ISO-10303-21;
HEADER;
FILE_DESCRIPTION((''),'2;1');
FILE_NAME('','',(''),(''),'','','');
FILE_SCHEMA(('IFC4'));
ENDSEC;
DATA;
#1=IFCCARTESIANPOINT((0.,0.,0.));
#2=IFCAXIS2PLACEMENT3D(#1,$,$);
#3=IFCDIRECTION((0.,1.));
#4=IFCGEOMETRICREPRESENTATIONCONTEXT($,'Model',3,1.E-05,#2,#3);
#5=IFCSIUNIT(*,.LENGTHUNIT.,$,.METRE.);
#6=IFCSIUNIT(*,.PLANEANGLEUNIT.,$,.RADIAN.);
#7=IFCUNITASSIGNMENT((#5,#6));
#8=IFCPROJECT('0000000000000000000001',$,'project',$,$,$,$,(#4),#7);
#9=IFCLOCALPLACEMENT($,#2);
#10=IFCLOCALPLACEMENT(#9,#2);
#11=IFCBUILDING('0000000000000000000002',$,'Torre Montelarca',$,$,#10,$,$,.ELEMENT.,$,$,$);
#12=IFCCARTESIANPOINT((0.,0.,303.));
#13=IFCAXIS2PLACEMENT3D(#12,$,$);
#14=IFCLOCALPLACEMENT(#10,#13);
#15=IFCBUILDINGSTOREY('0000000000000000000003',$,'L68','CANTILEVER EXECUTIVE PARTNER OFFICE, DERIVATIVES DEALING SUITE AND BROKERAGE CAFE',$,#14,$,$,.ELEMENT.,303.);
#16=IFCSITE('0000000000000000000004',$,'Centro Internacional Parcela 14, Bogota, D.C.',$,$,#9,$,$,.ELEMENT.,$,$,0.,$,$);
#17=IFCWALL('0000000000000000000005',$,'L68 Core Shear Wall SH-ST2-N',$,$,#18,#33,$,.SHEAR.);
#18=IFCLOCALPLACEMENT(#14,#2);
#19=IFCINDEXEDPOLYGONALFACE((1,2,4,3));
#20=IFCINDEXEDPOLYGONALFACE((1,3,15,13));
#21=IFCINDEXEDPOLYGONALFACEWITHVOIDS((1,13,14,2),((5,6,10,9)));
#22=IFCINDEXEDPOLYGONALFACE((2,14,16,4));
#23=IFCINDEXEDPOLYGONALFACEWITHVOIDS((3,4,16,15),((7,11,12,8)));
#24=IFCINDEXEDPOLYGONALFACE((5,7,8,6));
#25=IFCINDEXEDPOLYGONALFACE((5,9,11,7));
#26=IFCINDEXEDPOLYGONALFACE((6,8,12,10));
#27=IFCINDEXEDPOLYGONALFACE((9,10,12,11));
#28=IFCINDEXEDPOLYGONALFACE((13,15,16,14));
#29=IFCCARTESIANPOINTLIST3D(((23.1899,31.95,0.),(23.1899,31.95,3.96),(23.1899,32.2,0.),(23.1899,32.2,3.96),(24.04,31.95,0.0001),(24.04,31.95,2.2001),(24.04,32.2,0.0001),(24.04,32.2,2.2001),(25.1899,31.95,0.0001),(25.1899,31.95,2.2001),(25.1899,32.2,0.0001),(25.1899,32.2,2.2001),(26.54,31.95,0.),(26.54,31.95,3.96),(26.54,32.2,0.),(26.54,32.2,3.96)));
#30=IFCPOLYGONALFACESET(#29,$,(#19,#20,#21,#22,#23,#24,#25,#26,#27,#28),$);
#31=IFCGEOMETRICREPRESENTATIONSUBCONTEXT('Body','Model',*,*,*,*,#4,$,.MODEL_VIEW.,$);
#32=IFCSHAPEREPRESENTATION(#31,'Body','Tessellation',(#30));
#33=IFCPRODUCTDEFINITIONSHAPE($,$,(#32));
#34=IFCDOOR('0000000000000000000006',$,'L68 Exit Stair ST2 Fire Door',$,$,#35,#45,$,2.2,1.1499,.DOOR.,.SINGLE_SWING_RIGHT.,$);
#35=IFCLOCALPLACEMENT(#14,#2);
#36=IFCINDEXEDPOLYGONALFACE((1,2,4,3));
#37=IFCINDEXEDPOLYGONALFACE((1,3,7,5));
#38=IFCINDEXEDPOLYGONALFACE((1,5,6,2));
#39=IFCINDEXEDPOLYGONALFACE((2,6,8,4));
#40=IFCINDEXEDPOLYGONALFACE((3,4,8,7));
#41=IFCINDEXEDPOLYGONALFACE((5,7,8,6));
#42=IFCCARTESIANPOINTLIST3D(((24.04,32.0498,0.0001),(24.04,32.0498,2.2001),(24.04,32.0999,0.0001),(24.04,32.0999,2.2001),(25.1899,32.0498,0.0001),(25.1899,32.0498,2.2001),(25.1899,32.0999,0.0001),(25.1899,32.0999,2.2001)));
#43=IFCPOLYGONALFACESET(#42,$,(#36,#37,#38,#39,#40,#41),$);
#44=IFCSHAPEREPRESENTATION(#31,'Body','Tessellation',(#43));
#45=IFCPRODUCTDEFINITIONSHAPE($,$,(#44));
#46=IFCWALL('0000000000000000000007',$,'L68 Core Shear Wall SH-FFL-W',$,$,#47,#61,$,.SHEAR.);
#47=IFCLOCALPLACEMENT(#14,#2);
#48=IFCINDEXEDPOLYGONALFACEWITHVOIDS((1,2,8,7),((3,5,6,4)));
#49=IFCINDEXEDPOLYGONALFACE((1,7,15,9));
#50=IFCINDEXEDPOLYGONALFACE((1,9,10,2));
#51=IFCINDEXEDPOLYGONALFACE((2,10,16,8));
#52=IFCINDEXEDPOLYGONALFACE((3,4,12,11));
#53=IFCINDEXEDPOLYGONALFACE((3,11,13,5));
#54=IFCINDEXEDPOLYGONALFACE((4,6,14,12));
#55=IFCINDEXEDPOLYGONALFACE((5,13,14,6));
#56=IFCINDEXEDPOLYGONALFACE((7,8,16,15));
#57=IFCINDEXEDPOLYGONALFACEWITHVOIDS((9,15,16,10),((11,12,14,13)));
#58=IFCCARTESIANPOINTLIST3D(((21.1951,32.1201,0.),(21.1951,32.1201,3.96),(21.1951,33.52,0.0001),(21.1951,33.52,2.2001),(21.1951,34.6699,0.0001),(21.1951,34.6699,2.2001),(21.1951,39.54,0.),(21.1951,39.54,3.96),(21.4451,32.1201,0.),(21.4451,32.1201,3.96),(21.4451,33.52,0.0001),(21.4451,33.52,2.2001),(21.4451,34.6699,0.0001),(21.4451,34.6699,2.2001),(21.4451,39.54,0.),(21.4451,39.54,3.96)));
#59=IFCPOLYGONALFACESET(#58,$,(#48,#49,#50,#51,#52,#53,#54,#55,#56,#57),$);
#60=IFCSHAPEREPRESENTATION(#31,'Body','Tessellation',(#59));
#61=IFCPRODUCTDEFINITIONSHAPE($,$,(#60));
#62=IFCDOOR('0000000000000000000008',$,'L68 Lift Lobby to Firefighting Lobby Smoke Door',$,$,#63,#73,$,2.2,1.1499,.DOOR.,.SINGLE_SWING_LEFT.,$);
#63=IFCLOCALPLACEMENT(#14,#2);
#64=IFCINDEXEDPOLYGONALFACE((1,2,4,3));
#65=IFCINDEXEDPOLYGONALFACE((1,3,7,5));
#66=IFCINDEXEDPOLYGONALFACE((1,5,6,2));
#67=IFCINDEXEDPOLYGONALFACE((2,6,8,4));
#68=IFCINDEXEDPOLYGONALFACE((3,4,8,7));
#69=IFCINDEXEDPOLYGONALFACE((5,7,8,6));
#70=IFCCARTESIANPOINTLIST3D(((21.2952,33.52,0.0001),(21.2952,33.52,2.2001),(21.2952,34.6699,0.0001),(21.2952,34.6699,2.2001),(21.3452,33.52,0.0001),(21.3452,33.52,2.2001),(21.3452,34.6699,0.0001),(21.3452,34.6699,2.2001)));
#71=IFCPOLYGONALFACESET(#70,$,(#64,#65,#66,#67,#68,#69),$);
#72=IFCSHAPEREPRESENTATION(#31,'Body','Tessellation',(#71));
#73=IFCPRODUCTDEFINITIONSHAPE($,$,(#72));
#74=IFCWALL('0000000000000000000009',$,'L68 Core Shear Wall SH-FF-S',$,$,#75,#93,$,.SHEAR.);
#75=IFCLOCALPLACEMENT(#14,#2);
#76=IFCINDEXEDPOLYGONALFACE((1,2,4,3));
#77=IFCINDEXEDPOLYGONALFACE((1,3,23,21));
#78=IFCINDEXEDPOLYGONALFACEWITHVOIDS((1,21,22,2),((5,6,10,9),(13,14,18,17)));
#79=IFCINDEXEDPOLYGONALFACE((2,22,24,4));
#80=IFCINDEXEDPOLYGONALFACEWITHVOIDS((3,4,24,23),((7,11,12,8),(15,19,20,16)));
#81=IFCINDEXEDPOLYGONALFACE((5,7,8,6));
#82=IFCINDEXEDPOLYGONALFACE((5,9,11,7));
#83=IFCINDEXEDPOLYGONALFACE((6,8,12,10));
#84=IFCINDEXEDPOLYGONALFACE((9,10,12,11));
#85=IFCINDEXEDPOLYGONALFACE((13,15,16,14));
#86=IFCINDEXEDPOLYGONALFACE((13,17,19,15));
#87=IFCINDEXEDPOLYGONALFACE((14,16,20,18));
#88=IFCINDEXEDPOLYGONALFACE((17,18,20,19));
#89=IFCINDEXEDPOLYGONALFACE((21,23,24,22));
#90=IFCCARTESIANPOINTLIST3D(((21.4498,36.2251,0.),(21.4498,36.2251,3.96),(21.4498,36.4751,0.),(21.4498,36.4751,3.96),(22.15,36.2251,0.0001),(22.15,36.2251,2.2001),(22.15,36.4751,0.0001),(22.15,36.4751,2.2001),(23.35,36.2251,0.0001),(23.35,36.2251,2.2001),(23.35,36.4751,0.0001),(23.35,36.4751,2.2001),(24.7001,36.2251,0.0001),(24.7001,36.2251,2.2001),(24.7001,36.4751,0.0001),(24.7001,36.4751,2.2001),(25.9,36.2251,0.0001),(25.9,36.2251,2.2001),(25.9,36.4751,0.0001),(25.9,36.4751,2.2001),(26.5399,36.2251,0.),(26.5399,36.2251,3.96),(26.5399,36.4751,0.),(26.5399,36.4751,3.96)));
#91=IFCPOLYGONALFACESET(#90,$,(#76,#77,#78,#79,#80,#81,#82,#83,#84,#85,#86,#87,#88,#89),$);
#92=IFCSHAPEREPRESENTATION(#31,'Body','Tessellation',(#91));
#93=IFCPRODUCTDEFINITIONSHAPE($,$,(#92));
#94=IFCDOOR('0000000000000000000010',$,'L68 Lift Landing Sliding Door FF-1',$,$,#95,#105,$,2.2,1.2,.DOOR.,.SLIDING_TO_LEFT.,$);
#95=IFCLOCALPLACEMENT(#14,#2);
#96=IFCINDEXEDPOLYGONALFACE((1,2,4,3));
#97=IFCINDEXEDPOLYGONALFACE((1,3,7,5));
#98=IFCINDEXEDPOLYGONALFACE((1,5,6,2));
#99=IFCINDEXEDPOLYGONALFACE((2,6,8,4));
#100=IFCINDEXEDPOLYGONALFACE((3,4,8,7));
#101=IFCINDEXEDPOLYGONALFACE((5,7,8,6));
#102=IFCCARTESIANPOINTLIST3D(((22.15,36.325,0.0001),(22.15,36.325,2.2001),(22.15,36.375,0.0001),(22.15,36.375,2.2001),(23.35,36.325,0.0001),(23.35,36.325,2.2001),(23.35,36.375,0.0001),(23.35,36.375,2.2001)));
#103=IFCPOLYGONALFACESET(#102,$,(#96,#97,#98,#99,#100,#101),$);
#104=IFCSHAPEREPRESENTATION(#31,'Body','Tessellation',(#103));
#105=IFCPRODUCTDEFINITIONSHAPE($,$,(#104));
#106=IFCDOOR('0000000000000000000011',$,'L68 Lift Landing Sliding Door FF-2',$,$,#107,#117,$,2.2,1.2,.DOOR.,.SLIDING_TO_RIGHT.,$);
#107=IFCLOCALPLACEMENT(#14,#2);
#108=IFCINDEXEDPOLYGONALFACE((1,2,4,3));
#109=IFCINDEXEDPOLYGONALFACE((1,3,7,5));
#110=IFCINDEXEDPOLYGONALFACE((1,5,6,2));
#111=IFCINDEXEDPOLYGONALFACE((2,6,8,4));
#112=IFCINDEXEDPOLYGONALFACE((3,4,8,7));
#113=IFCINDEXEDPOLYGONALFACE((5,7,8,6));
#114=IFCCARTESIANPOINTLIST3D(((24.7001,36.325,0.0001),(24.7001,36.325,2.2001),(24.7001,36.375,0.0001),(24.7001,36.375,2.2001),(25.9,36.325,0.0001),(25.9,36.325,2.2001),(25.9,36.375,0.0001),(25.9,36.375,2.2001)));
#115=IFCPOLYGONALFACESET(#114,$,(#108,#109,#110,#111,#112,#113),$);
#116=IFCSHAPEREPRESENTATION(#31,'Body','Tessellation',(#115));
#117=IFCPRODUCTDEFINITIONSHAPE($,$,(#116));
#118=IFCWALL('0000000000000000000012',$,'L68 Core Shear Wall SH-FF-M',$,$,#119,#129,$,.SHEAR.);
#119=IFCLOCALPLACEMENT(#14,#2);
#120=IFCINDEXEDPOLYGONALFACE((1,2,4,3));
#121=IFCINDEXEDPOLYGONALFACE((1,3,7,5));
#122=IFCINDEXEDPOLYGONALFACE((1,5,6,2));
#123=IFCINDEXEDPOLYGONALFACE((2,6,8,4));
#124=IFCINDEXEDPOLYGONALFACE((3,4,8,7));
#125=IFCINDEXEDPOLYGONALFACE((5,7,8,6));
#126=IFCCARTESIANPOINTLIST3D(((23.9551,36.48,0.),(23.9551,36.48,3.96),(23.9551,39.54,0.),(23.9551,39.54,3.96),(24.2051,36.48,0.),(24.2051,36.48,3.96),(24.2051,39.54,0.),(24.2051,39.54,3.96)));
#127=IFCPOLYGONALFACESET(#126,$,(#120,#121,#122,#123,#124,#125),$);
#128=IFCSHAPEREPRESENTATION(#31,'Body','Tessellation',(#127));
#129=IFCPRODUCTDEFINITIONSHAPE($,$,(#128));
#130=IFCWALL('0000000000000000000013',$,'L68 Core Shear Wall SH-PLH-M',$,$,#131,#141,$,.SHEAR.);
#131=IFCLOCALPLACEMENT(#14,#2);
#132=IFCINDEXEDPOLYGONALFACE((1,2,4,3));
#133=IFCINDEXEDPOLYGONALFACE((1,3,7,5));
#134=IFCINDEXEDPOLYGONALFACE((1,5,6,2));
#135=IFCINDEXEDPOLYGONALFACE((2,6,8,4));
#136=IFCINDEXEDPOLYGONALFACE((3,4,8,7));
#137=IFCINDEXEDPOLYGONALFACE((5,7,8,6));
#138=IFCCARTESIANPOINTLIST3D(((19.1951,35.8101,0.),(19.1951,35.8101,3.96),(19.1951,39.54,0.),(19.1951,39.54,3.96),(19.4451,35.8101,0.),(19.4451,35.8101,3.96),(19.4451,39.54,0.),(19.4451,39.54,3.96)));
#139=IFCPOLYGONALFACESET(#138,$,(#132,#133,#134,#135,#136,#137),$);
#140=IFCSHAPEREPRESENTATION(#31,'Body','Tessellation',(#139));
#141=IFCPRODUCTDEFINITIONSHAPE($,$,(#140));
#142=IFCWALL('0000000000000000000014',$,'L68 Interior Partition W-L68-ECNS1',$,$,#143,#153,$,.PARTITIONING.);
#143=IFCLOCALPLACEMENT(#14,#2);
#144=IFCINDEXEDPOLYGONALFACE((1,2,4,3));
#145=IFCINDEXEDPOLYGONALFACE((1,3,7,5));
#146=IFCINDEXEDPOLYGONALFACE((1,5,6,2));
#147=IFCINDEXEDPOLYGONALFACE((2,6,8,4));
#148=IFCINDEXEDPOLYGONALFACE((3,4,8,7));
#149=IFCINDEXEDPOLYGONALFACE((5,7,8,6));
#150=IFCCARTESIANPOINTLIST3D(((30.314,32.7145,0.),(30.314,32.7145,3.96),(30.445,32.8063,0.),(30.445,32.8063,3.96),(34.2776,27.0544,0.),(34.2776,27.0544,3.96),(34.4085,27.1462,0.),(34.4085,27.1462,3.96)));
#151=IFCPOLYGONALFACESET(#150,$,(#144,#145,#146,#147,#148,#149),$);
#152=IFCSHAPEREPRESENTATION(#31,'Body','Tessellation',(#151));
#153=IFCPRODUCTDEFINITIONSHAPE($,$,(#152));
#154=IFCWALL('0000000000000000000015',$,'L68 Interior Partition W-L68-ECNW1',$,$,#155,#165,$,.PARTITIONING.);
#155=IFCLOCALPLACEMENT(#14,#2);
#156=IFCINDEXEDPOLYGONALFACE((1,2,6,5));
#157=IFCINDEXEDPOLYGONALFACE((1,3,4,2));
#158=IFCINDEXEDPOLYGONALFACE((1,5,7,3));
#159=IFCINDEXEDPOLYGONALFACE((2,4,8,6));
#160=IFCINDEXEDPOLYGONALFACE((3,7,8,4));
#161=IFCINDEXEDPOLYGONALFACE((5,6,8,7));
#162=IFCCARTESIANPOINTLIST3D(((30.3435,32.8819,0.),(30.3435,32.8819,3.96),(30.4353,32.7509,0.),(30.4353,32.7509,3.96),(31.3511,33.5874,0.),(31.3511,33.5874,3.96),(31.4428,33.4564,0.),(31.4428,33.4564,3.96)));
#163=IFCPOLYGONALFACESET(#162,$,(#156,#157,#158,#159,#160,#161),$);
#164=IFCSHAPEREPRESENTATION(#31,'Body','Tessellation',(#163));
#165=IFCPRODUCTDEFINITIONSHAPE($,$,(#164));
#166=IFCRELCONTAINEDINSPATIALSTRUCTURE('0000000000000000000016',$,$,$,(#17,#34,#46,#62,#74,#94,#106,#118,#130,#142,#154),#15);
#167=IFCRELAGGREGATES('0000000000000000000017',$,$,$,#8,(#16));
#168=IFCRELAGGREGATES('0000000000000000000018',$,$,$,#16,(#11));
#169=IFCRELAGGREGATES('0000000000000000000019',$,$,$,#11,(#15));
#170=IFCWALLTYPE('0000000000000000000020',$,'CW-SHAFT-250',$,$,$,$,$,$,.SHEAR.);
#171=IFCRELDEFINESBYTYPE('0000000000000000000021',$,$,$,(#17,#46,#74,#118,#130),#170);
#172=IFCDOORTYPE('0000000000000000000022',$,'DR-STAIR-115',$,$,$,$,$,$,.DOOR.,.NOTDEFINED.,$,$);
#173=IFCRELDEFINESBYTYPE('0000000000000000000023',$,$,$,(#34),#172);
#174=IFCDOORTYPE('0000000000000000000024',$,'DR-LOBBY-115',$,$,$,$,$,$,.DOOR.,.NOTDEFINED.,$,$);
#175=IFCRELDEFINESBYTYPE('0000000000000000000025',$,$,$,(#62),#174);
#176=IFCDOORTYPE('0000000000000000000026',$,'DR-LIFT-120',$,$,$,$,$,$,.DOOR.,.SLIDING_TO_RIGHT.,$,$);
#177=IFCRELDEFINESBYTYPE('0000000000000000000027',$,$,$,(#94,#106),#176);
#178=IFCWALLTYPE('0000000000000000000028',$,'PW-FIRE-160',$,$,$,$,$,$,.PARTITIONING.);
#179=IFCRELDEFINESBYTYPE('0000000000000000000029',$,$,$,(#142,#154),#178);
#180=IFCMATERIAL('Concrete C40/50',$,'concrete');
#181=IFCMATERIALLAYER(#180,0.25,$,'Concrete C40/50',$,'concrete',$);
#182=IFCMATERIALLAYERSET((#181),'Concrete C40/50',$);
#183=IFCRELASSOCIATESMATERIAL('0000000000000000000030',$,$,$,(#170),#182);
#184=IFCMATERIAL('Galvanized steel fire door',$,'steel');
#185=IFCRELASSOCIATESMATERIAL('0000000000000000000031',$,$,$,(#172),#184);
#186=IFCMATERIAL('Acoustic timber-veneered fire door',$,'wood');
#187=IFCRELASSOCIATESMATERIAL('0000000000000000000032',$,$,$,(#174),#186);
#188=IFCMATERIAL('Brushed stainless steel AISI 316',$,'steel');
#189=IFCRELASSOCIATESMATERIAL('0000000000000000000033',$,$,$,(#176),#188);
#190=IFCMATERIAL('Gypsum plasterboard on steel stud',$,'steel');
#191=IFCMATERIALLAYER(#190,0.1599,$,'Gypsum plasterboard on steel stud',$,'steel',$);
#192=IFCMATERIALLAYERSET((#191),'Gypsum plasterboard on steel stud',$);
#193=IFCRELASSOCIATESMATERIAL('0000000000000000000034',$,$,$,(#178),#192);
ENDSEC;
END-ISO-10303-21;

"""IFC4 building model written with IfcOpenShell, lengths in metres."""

from ifc_helpers import new_model, si_unit, direction, frame, frame_2d, origin, place, context, subcontext, project, spatial, rectangle, extrude, source, transform, mapped, material, layer, layer_set, type_object, element, fill, save


model = new_model("IFC4")

# Units and contexts
model_context = context("Model", 3, precision=1e-05, world=origin(), true_north=direction((0.0, 1.0)))
body_context = subcontext(model_context, "Body", "Model", "MODEL_VIEW")
ifc_project = project(units=[si_unit("LENGTHUNIT", "METRE"), si_unit("PLANEANGLEUNIT", "RADIAN")], contexts=[model_context])

# Site, building, storey
site_placement = place(None, origin())
site = spatial("IfcSite", under=ifc_project, at=site_placement, Name="Centro Internacional Parcela 14, Bogota, D.C.", CompositionType="ELEMENT", RefElevation=0.0)
building_placement = place(site_placement, origin())
building = spatial("IfcBuilding", under=site, at=building_placement, Name="Torre Montelarca", CompositionType="ELEMENT")
storey_placement = place(building_placement, frame((0.0, 0.0, 303.0)))
storey = spatial("IfcBuildingStorey", under=building, at=storey_placement, Name="L68", Description="CANTILEVER EXECUTIVE PARTNER OFFICE, DERIVATIVES DEALING SUITE AND BROKERAGE CAFE", CompositionType="ELEMENT", Elevation=303.0)

# Shared definitions
ifc_material_1 = material(Name="Concrete C40/50", Category="concrete")

# Walls, openings, doors
ifc_layer_1 = layer(ifc_material_1, 0.25, Name="Concrete C40/50", Category="concrete")
ifc_layer_set_1 = layer_set([ifc_layer_1], Name="Concrete C40/50")
wall_type_1 = type_object("IfcWallType", Name="CW-SHAFT-250", PredefinedType="SHEAR", material=ifc_layer_set_1)
wall_1_placement = place(storey_placement, frame((23.1899, 32.075, 0.0), z_axis=(0.0, 0.0, 1.0), x_axis=(1.0, 0.0, 0.0)))
wall_1 = element("IfcWall", 1, at=wall_1_placement, inside=storey, type_object=wall_type_1, Name="L68 Core Shear Wall SH-ST2-N", PredefinedType="SHEAR", context=body_context, shape_type="SweptSolid", body=[
    extrude(rectangle(XDim=3.3501, YDim=0.25, at=frame_2d((1.675, 0.0))), origin(), (0.0, 0.0, 1.0), 3.96),
])
opening_1_placement = place(wall_1_placement, frame((0.8501, 0.0, 0.0)))
opening_1 = element("IfcOpeningElement", 2, at=opening_1_placement, cuts=wall_1, PredefinedType="OPENING", context=body_context, shape_type="SweptSolid", body=[
    extrude(rectangle(XDim=1.1499, YDim=2.2, at=frame_2d((0.575, 1.1001))), frame((0.0, 0.135, 0.0), z_axis=(0.0, -1.0, 0.0), x_axis=(1.0, 0.0, 0.0)), (0.0, 0.0, 1.0), 0.27),
])
ifc_material_2 = material(Name="Galvanized steel fire door", Category="steel")
door_type_1 = type_object("IfcDoorType", Name="DR-STAIR-115", OperationType="NOTDEFINED", PredefinedType="DOOR", material=ifc_material_2)
shared_shape_1 = source(origin(), body_context, "Body", "SweptSolid", [
    extrude(rectangle(XDim=1.1499, YDim=2.2, at=frame_2d((0.575, 1.1001))), frame((0.0, 0.0249, 0.0), z_axis=(0.0, -1.0, 0.0), x_axis=(1.0, 0.0, 0.0)), (0.0, 0.0, 1.0), 0.05),
])
door_1_placement = place(opening_1_placement, origin())
door_1 = element("IfcDoor", 3, at=door_1_placement, inside=storey, type_object=door_type_1, Name="L68 Exit Stair ST2 Fire Door", OperationType="SINGLE_SWING_RIGHT", OverallHeight=2.2, OverallWidth=1.1499, PredefinedType="DOOR", context=body_context, shape_type="MappedRepresentation", body=[
    mapped(shared_shape_1, transform((0.0, 0.0, 0.0), scale=1.0)),
])
fill(opening_1, door_1)
wall_2_placement = place(storey_placement, frame((21.3201, 32.1201, 0.0), z_axis=(0.0, 0.0, 1.0), x_axis=(0.0, 1.0, 0.0)))
wall_2 = element("IfcWall", 4, at=wall_2_placement, inside=storey, type_object=wall_type_1, Name="L68 Core Shear Wall SH-FFL-W", PredefinedType="SHEAR", context=body_context, shape_type="SweptSolid", body=[
    extrude(rectangle(XDim=7.4199, YDim=0.25, at=frame_2d((3.71, 0.0))), origin(), (0.0, 0.0, 1.0), 3.96),
])
opening_2_placement = place(wall_2_placement, frame((1.3999, 0.0, 0.0)))
opening_2 = element("IfcOpeningElement", 5, at=opening_2_placement, cuts=wall_2, PredefinedType="OPENING", context=body_context, shape_type="SweptSolid", body=[
    extrude(rectangle(XDim=1.1499, YDim=2.2, at=frame_2d((0.575, 1.1001))), frame((0.0, 0.135, 0.0), z_axis=(0.0, -1.0, 0.0), x_axis=(1.0, 0.0, 0.0)), (0.0, 0.0, 1.0), 0.27),
])
ifc_material_3 = material(Name="Acoustic timber-veneered fire door", Category="wood")
door_type_2 = type_object("IfcDoorType", Name="DR-LOBBY-115", OperationType="NOTDEFINED", PredefinedType="DOOR", material=ifc_material_3)
shared_shape_2 = source(origin(), body_context, "Body", "SweptSolid", [
    extrude(rectangle(XDim=1.1499, YDim=2.2, at=frame_2d((0.575, 1.1001))), frame((0.0, 0.0249, 0.0), z_axis=(0.0, -1.0, 0.0), x_axis=(1.0, 0.0, 0.0)), (0.0, 0.0, 1.0), 0.05),
])
door_2_placement = place(opening_2_placement, origin())
door_2 = element("IfcDoor", 6, at=door_2_placement, inside=storey, type_object=door_type_2, Name="L68 Lift Lobby to Firefighting Lobby Smoke Door", OperationType="SINGLE_SWING_LEFT", OverallHeight=2.2, OverallWidth=1.1499, PredefinedType="DOOR", context=body_context, shape_type="MappedRepresentation", body=[
    mapped(shared_shape_2, transform((0.0, 0.0, 0.0), scale=1.0)),
])
fill(opening_2, door_2)

# Wall, openings, doors
wall_3_placement = place(storey_placement, frame((21.45, 36.3501, 0.0), z_axis=(0.0, 0.0, 1.0), x_axis=(1.0, 0.0, 0.0)))
wall_3 = element("IfcWall", 7, at=wall_3_placement, inside=storey, type_object=wall_type_1, Name="L68 Core Shear Wall SH-FF-S", PredefinedType="SHEAR", context=body_context, shape_type="SweptSolid", body=[
    extrude(rectangle(XDim=5.0901, YDim=0.25, at=frame_2d((2.5449, 0.0))), origin(), (0.0, 0.0, 1.0), 3.96),
])
opening_3_placement = place(wall_3_placement, frame((0.7, 0.0, 0.0)))
opening_3 = element("IfcOpeningElement", 8, at=opening_3_placement, cuts=wall_3, PredefinedType="OPENING", context=body_context, shape_type="SweptSolid", body=[
    extrude(rectangle(XDim=1.2, YDim=2.2, at=frame_2d((0.6001, 1.1001))), frame((0.0, 0.135, 0.0), z_axis=(0.0, -1.0, 0.0), x_axis=(1.0, 0.0, 0.0)), (0.0, 0.0, 1.0), 0.27),
])
opening_4_placement = place(wall_3_placement, frame((3.25, 0.0, 0.0)))
opening_4 = element("IfcOpeningElement", 9, at=opening_4_placement, cuts=wall_3, PredefinedType="OPENING", context=body_context, shape_type="SweptSolid", body=[
    extrude(rectangle(XDim=1.2, YDim=2.2, at=frame_2d((0.6001, 1.1001))), frame((0.0, 0.135, 0.0), z_axis=(0.0, -1.0, 0.0), x_axis=(1.0, 0.0, 0.0)), (0.0, 0.0, 1.0), 0.27),
])
ifc_material_4 = material(Name="Brushed stainless steel AISI 316", Category="steel")
door_type_3 = type_object("IfcDoorType", Name="DR-LIFT-120", OperationType="SLIDING_TO_RIGHT", PredefinedType="DOOR", material=ifc_material_4)
shared_shape_3 = source(origin(), body_context, "Body", "SweptSolid", [
    extrude(rectangle(XDim=1.2, YDim=2.2, at=frame_2d((0.6001, 1.1001))), frame((0.0, 0.0249, 0.0), z_axis=(0.0, -1.0, 0.0), x_axis=(1.0, 0.0, 0.0)), (0.0, 0.0, 1.0), 0.05),
])
door_3_placement = place(opening_3_placement, origin())
door_3 = element("IfcDoor", 10, at=door_3_placement, inside=storey, type_object=door_type_3, Name="L68 Lift Landing Sliding Door FF-1", OperationType="SLIDING_TO_LEFT", OverallHeight=2.2, OverallWidth=1.2, PredefinedType="DOOR", context=body_context, shape_type="MappedRepresentation", body=[
    mapped(shared_shape_3, transform((0.0, 0.0, 0.0), scale=1.0)),
])
fill(opening_3, door_3)
door_4_placement = place(opening_4_placement, origin())
door_4 = element("IfcDoor", 11, at=door_4_placement, inside=storey, type_object=door_type_3, Name="L68 Lift Landing Sliding Door FF-2", OperationType="SLIDING_TO_RIGHT", OverallHeight=2.2, OverallWidth=1.2, PredefinedType="DOOR", context=body_context, shape_type="MappedRepresentation", body=[
    mapped(shared_shape_3, transform((0.0, 0.0, 0.0), scale=1.0)),
])
fill(opening_4, door_4)

# Walls
wall_4_placement = place(storey_placement, frame((24.0801, 36.48, 0.0), z_axis=(0.0, 0.0, 1.0), x_axis=(0.0, 1.0, 0.0)))
element("IfcWall", 12, at=wall_4_placement, inside=storey, type_object=wall_type_1, Name="L68 Core Shear Wall SH-FF-M", PredefinedType="SHEAR", context=body_context, shape_type="SweptSolid", body=[
    extrude(rectangle(XDim=3.0601, YDim=0.25, at=frame_2d((1.53, 0.0))), origin(), (0.0, 0.0, 1.0), 3.96),
])
wall_5_placement = place(storey_placement, frame((19.3201, 35.8101, 0.0), z_axis=(0.0, 0.0, 1.0), x_axis=(0.0, 1.0, 0.0)))
element("IfcWall", 13, at=wall_5_placement, inside=storey, type_object=wall_type_1, Name="L68 Core Shear Wall SH-PLH-M", PredefinedType="SHEAR", context=body_context, shape_type="SweptSolid", body=[
    extrude(rectangle(XDim=3.73, YDim=0.25, at=frame_2d((1.865, 0.0))), origin(), (0.0, 0.0, 1.0), 3.96),
])
ifc_material_5 = material(Name="Gypsum plasterboard on steel stud", Category="steel")
ifc_layer_2 = layer(ifc_material_5, 0.1599, Name="Gypsum plasterboard on steel stud", Category="steel")
ifc_layer_set_2 = layer_set([ifc_layer_2], Name="Gypsum plasterboard on steel stud")
wall_type_2 = type_object("IfcWallType", Name="PW-FIRE-160", PredefinedType="PARTITIONING", material=ifc_layer_set_2)
wall_6_placement = place(storey_placement, frame((30.3794, 32.7605, 0.0), z_axis=(0.0, 0.0, 1.0), x_axis=(0.573609, -0.819129, 0.0)))
element("IfcWall", 14, at=wall_6_placement, inside=storey, type_object=wall_type_2, Name="L68 Interior Partition W-L68-ECNS1", PredefinedType="PARTITIONING", context=body_context, shape_type="SweptSolid", body=[
    extrude(rectangle(XDim=6.9099, YDim=0.1599, at=frame_2d((3.4551, 0.0))), origin(), (0.0, 0.0, 1.0), 3.96),
])
wall_7_placement = place(storey_placement, frame((30.3894, 32.8164, 0.0), z_axis=(0.0, 0.0, 1.0), x_axis=(0.819129, 0.573609, 0.0)))
element("IfcWall", 15, at=wall_7_placement, inside=storey, type_object=wall_type_2, Name="L68 Interior Partition W-L68-ECNW1", PredefinedType="PARTITIONING", context=body_context, shape_type="SweptSolid", body=[
    extrude(rectangle(XDim=1.23, YDim=0.1599, at=frame_2d((0.615, 0.0))), origin(), (0.0, 0.0, 1.0), 3.96),
])

save(model, "model.ifc")
